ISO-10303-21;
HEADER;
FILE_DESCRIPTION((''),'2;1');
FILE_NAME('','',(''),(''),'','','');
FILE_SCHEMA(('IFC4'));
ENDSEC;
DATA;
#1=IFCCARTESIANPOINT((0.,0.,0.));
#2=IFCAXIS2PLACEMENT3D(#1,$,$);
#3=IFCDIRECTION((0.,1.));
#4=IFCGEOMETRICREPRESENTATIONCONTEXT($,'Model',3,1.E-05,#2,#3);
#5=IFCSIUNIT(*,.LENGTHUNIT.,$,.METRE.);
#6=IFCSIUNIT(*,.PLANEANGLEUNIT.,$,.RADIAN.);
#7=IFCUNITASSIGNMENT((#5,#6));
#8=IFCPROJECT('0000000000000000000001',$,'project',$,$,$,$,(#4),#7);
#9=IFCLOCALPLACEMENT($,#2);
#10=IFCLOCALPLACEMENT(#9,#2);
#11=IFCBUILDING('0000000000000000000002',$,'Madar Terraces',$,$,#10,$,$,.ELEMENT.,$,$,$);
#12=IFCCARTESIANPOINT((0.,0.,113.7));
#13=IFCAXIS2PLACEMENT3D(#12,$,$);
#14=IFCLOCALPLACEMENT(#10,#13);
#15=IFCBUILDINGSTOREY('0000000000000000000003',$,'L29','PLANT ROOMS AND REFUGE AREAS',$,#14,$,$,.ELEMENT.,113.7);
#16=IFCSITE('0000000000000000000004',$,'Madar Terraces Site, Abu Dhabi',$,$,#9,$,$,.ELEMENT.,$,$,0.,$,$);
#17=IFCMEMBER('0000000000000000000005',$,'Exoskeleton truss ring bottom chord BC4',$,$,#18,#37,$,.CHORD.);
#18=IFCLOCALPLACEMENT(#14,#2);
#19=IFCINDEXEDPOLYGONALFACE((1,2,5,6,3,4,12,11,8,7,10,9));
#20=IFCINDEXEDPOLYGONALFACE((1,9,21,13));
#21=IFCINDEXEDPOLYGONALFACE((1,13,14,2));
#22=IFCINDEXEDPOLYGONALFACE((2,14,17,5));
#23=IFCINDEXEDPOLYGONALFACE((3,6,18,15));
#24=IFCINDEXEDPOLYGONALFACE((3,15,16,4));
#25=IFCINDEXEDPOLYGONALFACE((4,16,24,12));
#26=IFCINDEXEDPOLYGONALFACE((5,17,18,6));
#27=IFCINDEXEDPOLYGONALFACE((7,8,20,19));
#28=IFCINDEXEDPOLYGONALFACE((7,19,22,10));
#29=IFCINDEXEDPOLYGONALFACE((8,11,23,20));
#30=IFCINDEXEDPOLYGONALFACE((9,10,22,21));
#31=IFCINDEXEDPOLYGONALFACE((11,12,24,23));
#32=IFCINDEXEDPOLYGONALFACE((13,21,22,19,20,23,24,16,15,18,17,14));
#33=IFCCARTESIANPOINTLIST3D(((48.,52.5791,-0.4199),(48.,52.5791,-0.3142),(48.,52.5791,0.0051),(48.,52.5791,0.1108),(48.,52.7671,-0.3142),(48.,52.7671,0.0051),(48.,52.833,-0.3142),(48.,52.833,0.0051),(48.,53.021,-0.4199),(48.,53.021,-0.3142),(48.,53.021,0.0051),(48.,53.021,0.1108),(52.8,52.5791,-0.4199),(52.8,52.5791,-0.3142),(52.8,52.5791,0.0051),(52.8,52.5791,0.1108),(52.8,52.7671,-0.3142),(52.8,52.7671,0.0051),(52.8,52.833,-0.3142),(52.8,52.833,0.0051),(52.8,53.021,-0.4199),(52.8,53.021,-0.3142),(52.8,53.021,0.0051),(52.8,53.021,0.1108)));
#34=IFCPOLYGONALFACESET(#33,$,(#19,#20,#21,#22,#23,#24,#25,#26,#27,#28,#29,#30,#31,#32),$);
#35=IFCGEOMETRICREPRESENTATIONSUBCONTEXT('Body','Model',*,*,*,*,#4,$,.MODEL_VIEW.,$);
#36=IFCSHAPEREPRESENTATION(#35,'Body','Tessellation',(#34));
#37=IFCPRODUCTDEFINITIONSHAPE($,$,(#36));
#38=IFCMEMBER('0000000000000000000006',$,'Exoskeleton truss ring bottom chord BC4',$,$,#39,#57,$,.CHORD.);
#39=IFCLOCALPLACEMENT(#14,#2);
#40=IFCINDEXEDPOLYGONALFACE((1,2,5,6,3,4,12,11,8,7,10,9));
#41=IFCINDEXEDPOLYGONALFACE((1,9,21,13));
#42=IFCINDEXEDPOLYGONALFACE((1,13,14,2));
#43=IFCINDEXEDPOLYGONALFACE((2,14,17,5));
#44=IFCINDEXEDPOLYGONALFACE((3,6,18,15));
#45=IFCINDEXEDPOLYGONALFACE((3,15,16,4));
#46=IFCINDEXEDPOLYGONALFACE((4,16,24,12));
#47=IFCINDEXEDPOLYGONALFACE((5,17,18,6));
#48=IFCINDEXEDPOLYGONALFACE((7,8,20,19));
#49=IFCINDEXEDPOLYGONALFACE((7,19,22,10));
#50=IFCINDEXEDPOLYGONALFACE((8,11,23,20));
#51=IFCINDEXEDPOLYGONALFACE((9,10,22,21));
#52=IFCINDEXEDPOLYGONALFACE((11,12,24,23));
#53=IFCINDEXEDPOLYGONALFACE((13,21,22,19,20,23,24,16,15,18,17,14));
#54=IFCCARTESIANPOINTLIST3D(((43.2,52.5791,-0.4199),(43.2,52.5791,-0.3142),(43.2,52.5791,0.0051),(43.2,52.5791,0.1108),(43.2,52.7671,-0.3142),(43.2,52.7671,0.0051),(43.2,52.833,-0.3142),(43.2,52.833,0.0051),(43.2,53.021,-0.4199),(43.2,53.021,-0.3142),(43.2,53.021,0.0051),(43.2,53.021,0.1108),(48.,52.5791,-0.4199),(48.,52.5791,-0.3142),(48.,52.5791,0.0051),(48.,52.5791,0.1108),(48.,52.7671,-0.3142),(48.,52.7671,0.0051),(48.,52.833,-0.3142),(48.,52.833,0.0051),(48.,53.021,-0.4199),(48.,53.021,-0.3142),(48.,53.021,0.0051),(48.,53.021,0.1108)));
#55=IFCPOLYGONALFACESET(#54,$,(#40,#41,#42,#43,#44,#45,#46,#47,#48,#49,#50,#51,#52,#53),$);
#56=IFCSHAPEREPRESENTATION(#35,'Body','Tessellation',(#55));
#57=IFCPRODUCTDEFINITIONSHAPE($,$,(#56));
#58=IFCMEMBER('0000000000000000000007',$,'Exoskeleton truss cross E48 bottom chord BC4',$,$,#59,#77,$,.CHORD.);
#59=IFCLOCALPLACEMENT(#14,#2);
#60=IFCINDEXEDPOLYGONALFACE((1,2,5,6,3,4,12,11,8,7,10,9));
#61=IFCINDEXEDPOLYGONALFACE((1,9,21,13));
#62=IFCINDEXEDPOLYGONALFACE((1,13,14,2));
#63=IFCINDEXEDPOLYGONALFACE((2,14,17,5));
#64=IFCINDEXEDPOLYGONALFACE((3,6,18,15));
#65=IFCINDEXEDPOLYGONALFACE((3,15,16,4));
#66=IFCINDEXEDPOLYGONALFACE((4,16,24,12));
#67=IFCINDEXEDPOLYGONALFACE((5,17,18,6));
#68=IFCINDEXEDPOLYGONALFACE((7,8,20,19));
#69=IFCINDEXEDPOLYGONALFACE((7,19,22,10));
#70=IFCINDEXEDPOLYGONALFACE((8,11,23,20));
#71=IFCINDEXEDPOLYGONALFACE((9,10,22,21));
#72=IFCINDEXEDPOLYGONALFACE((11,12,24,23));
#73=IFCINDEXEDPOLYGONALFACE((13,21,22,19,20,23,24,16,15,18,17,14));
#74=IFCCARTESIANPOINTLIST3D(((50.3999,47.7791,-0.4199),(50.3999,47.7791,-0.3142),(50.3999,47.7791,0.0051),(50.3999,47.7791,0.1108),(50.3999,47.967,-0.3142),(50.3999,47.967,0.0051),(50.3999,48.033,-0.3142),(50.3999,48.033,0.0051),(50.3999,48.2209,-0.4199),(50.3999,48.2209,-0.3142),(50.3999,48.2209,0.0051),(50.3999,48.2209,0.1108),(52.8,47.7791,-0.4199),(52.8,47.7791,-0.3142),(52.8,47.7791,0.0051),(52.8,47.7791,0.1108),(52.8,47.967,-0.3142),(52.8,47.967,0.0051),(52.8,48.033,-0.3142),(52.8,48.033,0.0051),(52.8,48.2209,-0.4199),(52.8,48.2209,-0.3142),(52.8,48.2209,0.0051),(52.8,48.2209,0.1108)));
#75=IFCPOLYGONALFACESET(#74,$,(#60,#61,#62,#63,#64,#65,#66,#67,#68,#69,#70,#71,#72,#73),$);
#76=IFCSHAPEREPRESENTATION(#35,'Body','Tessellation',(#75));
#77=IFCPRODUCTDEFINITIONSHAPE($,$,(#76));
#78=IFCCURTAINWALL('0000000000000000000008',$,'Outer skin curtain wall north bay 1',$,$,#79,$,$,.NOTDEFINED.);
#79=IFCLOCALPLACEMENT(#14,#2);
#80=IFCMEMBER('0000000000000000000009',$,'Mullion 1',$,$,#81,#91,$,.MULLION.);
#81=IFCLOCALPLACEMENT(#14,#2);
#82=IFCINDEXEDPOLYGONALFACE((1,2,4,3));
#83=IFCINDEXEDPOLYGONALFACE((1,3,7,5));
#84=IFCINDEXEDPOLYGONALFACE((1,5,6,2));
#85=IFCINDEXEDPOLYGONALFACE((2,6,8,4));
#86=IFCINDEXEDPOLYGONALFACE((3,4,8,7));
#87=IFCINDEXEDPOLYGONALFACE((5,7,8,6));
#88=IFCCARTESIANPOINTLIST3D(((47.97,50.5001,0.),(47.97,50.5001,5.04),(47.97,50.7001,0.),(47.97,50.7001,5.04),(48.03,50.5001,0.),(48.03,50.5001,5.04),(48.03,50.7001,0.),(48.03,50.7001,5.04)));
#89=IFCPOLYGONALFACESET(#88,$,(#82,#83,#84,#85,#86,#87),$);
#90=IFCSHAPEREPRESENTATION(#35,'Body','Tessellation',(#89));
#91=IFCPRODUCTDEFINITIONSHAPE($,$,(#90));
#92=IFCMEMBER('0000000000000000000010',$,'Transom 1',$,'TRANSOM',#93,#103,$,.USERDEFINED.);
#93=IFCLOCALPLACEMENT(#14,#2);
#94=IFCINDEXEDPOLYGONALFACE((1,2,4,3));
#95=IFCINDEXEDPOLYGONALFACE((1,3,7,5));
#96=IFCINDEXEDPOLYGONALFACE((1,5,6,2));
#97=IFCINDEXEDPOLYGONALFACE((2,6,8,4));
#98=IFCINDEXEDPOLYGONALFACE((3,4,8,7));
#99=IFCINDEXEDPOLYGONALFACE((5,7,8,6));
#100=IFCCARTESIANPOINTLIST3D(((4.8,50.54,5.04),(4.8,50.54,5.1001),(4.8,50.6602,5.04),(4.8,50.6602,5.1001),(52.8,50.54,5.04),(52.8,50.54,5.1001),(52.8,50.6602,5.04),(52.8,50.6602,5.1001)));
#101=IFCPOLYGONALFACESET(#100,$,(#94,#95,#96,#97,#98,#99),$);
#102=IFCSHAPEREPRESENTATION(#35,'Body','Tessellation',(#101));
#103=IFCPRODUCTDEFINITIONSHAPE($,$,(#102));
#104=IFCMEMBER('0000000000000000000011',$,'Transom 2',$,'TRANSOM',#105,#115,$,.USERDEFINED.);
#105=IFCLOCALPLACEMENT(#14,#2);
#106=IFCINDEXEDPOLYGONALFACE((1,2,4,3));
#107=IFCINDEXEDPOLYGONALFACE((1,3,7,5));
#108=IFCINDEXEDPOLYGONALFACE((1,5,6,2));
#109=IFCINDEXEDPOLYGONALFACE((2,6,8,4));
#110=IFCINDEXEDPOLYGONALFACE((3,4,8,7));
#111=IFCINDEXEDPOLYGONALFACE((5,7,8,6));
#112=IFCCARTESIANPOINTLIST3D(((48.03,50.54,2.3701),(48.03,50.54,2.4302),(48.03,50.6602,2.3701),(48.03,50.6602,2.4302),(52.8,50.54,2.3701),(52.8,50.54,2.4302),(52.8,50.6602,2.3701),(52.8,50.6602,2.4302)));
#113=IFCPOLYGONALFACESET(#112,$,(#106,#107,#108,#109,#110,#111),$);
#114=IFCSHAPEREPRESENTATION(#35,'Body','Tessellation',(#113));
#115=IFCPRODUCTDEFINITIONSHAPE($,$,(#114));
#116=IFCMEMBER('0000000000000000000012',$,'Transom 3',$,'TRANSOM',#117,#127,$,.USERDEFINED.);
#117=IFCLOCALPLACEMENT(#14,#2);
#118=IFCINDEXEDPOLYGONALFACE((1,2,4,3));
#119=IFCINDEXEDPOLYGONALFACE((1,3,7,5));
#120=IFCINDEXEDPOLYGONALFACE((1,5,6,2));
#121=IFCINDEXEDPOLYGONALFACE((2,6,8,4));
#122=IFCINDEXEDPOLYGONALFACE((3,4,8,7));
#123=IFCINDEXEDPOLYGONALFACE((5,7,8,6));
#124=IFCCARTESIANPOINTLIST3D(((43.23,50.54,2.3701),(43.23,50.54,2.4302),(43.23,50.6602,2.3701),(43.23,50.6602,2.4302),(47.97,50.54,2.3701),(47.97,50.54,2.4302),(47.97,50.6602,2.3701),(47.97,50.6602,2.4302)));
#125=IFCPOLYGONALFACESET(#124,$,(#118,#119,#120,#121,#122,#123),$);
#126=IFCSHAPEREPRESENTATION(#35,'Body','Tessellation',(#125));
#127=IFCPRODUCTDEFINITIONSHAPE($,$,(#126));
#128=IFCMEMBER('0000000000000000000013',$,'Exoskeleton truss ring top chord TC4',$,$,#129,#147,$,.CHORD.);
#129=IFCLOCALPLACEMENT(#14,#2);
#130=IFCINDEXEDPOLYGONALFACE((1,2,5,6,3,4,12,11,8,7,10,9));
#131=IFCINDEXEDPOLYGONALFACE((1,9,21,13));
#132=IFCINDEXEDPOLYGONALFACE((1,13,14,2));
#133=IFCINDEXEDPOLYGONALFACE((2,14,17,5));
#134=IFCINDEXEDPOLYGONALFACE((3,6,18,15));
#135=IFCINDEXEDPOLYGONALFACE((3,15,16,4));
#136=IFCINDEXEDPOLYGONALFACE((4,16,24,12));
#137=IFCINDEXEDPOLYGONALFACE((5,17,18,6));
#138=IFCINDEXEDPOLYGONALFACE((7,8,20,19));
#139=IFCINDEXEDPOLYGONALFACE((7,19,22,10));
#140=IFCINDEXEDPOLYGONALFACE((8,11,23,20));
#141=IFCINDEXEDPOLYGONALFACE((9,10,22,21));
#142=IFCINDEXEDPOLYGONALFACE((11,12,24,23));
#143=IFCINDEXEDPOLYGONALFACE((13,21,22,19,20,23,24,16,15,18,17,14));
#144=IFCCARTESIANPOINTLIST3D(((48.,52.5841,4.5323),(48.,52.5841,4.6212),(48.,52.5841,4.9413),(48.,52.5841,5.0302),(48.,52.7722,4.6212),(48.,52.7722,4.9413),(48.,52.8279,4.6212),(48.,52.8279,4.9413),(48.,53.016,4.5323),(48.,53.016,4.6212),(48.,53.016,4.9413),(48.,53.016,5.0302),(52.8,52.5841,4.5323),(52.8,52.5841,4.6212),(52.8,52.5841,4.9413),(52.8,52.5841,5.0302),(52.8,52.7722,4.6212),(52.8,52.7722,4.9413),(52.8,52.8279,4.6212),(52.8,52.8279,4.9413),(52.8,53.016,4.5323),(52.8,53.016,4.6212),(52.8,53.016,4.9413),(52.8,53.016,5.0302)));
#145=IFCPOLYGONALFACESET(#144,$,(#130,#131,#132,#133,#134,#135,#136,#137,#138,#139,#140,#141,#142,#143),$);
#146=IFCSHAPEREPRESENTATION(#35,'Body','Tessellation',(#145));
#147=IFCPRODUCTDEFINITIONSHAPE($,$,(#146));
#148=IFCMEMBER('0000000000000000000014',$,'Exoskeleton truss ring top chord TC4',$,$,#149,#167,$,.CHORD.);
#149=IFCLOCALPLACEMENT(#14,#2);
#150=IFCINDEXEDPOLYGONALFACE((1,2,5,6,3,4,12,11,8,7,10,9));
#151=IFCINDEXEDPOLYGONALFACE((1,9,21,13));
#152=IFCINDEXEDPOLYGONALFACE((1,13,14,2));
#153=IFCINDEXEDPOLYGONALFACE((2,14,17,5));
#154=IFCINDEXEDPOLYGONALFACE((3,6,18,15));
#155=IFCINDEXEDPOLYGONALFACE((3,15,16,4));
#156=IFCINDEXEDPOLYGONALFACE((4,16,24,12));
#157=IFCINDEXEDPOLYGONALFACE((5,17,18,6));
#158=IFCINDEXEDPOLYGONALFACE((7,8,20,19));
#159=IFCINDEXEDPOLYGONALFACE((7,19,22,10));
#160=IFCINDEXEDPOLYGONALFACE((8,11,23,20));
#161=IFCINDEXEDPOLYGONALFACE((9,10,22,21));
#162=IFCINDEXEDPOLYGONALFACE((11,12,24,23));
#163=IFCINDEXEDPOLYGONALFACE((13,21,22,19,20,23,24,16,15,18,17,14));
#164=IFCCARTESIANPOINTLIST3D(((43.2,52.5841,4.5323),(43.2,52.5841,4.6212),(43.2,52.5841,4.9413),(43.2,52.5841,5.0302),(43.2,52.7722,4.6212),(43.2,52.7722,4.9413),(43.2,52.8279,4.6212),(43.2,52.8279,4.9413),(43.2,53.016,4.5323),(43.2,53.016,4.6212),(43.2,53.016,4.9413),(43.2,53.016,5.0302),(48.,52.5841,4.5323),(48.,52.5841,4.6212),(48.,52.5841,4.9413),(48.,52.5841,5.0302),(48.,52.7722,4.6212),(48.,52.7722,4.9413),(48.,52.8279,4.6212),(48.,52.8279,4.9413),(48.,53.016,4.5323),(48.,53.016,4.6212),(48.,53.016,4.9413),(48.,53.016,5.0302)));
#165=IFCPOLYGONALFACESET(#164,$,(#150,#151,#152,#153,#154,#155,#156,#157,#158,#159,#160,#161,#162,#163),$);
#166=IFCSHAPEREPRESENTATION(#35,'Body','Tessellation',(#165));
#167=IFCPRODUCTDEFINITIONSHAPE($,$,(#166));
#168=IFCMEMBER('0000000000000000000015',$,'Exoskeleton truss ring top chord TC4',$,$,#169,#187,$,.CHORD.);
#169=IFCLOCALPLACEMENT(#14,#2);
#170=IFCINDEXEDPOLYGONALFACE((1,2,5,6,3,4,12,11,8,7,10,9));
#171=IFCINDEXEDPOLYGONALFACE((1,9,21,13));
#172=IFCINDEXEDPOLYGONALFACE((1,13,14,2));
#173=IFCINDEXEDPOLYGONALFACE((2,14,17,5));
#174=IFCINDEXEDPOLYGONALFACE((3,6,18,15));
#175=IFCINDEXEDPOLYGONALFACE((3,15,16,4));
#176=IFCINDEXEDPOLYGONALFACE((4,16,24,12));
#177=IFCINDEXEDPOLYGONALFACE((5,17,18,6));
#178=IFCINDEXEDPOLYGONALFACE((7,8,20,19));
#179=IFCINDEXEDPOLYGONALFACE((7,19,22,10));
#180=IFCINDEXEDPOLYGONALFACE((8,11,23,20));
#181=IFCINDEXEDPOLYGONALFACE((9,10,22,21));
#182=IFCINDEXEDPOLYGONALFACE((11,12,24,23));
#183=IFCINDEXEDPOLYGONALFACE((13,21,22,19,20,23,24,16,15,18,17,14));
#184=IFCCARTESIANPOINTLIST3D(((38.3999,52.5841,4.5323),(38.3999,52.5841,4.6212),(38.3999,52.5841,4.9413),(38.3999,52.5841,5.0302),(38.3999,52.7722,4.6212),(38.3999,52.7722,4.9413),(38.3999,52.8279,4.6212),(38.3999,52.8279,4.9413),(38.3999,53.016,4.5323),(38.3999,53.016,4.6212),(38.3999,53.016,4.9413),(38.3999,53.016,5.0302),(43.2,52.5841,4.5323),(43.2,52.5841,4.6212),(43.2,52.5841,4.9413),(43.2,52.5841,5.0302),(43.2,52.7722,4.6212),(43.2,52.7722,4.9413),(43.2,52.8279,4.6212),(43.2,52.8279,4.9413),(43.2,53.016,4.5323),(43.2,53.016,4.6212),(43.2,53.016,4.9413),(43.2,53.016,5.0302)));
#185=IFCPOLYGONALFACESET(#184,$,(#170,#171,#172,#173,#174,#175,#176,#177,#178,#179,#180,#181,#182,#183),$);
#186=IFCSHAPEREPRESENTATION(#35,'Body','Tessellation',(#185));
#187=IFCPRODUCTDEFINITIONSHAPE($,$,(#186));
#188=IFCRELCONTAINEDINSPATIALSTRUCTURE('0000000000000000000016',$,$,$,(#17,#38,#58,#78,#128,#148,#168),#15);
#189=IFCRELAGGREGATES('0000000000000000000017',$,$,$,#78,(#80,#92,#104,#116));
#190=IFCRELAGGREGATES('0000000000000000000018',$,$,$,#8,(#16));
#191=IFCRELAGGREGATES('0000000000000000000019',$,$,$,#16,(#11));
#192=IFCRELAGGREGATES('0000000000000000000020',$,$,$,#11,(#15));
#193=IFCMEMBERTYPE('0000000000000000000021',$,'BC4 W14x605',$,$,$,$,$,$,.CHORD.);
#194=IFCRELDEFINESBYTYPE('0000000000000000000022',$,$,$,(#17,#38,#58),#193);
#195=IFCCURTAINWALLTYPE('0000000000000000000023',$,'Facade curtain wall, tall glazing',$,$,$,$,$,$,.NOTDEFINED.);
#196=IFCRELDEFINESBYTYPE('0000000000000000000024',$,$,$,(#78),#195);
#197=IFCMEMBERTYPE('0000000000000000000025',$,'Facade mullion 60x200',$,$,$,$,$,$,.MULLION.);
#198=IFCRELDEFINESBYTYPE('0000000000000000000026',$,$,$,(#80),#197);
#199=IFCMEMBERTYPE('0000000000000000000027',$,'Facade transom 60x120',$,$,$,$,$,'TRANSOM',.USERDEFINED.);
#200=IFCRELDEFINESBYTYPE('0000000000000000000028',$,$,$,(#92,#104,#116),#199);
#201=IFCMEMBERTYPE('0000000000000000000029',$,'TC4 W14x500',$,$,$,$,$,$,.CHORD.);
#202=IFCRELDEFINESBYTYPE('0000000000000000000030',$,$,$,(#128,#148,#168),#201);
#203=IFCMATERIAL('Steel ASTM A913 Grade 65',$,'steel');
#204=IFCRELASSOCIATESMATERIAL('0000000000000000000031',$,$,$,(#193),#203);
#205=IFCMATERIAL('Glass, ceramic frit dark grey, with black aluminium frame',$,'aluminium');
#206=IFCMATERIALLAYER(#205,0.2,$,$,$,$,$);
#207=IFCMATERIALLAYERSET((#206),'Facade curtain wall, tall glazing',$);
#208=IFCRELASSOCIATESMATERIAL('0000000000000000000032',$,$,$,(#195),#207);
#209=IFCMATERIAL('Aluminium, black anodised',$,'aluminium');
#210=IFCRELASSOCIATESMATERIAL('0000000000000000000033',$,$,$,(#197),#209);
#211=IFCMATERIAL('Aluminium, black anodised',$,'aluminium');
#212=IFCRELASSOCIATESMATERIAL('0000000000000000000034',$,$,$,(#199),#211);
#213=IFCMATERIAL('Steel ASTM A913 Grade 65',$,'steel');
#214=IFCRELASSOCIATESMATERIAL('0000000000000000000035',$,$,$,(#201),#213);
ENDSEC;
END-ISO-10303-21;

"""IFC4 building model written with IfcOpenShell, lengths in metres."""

from ifc_helpers import new_model, si_unit, direction, frame, origin, origin_2d, place, context, subcontext, project, spatial, rectangle, i_section, extrude, material, layer, layer_set, material_profile, profile_set, type_object, element, aggregate, save


model = new_model("IFC4")

# Units and contexts
model_context = context("Model", 3, precision=1e-05, world=origin(), true_north=direction((0.0, 1.0)))
body_context = subcontext(model_context, "Body", "Model", "MODEL_VIEW")
ifc_project = project(units=[si_unit("LENGTHUNIT", "METRE"), si_unit("PLANEANGLEUNIT", "RADIAN")], contexts=[model_context])

# Site, building, storey
site_placement = place(None, origin())
site = spatial("IfcSite", under=ifc_project, at=site_placement, Name="Madar Terraces Site, Abu Dhabi", CompositionType="ELEMENT", RefElevation=0.0)
building_placement = place(site_placement, origin())
building = spatial("IfcBuilding", under=site, at=building_placement, Name="Madar Terraces", CompositionType="ELEMENT")
storey_placement = place(building_placement, frame((0.0, 0.0, 113.7)))
storey = spatial("IfcBuildingStorey", under=building, at=storey_placement, Name="L29", Description="PLANT ROOMS AND REFUGE AREAS", CompositionType="ELEMENT", Elevation=113.7)

# Members
ifc_material_1 = material(Name="Steel ASTM A913 Grade 65", Category="steel")
ifc_material_profile_1 = material_profile(ifc_material_1, i_section(OverallWidth=0.4419, OverallDepth=0.5308, WebThickness=0.0659, FlangeThickness=0.1057, at=origin_2d()), Name="W14x605")
ifc_profile_set_1 = profile_set([ifc_material_profile_1], Name="Steel ASTM A913 Grade 65")
member_type_1 = type_object("IfcMemberType", Name="BC4 W14x605", PredefinedType="CHORD", material=ifc_profile_set_1)
for number, where, z_axis, x_axis, name in (
    (1, (52.8, 52.8, -0.1545), (-1.0, 0.0, 0.0), (0.0, -1.0, 0.0), "Exoskeleton truss ring bottom chord BC4"),
    (2, (48.0, 52.8, -0.1545), (-1.0, 0.0, 0.0), (0.0, -1.0, 0.0), "Exoskeleton truss ring bottom chord BC4"),
):
    element("IfcMember", number, at=place(storey_placement, frame(where, z_axis=z_axis, x_axis=x_axis)), inside=storey, type_object=member_type_1, Name=name, PredefinedType="CHORD", context=body_context, shape_type="SweptSolid", body=[
        extrude(i_section(OverallWidth=0.4419, OverallDepth=0.5308, WebThickness=0.0659, FlangeThickness=0.1057, at=origin_2d()), origin(), (0.0, 0.0, 1.0), 4.8),
    ])
member_1_placement = place(storey_placement, frame((52.8, 48.0, -0.1545), z_axis=(-1.0, 0.0, 0.0), x_axis=(0.0, -1.0, 0.0)))
element("IfcMember", 3, at=member_1_placement, inside=storey, type_object=member_type_1, Name="Exoskeleton truss cross E48 bottom chord BC4", PredefinedType="CHORD", context=body_context, shape_type="SweptSolid", body=[
    extrude(i_section(OverallWidth=0.4419, OverallDepth=0.5308, WebThickness=0.0659, FlangeThickness=0.1057, at=origin_2d()), origin(), (0.0, 0.0, 1.0), 2.4001),
])

# Curtain wall, members
ifc_material_2 = material(Name="Glass, ceramic frit dark grey, with black aluminium frame", Category="aluminium")
ifc_layer_1 = layer(ifc_material_2, 0.2)
ifc_layer_set_1 = layer_set([ifc_layer_1], Name="Facade curtain wall, tall glazing")
curtain_wall_type = type_object("IfcCurtainWallType", Name="Facade curtain wall, tall glazing", PredefinedType="NOTDEFINED", material=ifc_layer_set_1)
curtain_wall_placement = place(storey_placement, origin())
curtain_wall = element("IfcCurtainWall", 4, at=curtain_wall_placement, inside=storey, type_object=curtain_wall_type, Name="Outer skin curtain wall north bay 1", PredefinedType="NOTDEFINED")
ifc_material_3 = material(Name="Aluminium, black anodised", Category="aluminium")
ifc_material_profile_2 = material_profile(ifc_material_3, rectangle(XDim=0.2, YDim=0.0601, at=origin_2d()), Name="Facade mullion 60x200")
ifc_profile_set_2 = profile_set([ifc_material_profile_2], Name="Aluminium, black anodised")
member_type_2 = type_object("IfcMemberType", Name="Facade mullion 60x200", PredefinedType="MULLION", material=ifc_profile_set_2)
member_2_placement = place(storey_placement, frame((48.0, 50.6001, 0.0), z_axis=(0.0, 0.0, 1.0), x_axis=(0.0, -1.0, 0.0)))
member_2 = element("IfcMember", 5, at=member_2_placement, type_object=member_type_2, Name="Mullion 1", PredefinedType="MULLION", context=body_context, shape_type="SweptSolid", body=[
    extrude(rectangle(XDim=0.2, YDim=0.0601, at=origin_2d()), origin(), (0.0, 0.0, 1.0), 5.04),
])
ifc_material_4 = material(Name="Aluminium, black anodised", Category="aluminium")
ifc_material_profile_3 = material_profile(ifc_material_4, rectangle(XDim=0.1201, YDim=0.0601, at=origin_2d()), Name="Facade transom 60x120")
ifc_profile_set_3 = profile_set([ifc_material_profile_3], Name="Aluminium, black anodised")
member_type_3 = type_object("IfcMemberType", Name="Facade transom 60x120", ElementType="TRANSOM", PredefinedType="USERDEFINED", material=ifc_profile_set_3)
member_3_placement = place(storey_placement, frame((52.8, 50.6001, 5.0701), z_axis=(-1.0, 0.0, 0.0), x_axis=(0.0, -1.0, 0.0)))
member_3 = element("IfcMember", 6, at=member_3_placement, type_object=member_type_3, Name="Transom 1", ObjectType="TRANSOM", PredefinedType="USERDEFINED", context=body_context, shape_type="SweptSolid", body=[
    extrude(rectangle(XDim=0.1201, YDim=0.0601, at=origin_2d()), origin(), (0.0, 0.0, 1.0), 48.0),
])
member_4_placement = place(storey_placement, frame((52.8, 50.6001, 2.4001), z_axis=(-1.0, 0.0, 0.0), x_axis=(0.0, -1.0, 0.0)))
member_4 = element("IfcMember", 7, at=member_4_placement, type_object=member_type_3, Name="Transom 2", ObjectType="TRANSOM", PredefinedType="USERDEFINED", context=body_context, shape_type="SweptSolid", body=[
    extrude(rectangle(XDim=0.1201, YDim=0.0601, at=origin_2d()), origin(), (0.0, 0.0, 1.0), 4.77),
])
member_5_placement = place(storey_placement, frame((47.97, 50.6001, 2.4001), z_axis=(-1.0, 0.0, 0.0), x_axis=(0.0, -1.0, 0.0)))
member_5 = element("IfcMember", 8, at=member_5_placement, type_object=member_type_3, Name="Transom 3", ObjectType="TRANSOM", PredefinedType="USERDEFINED", context=body_context, shape_type="SweptSolid", body=[
    extrude(rectangle(XDim=0.1201, YDim=0.0601, at=origin_2d()), origin(), (0.0, 0.0, 1.0), 4.74),
])

# Members
ifc_material_5 = material(Name="Steel ASTM A913 Grade 65", Category="steel")
ifc_material_profile_4 = material_profile(ifc_material_5, i_section(OverallWidth=0.4319, OverallDepth=0.4978, WebThickness=0.0557, FlangeThickness=0.0889, at=origin_2d()), Name="W14x500")
ifc_profile_set_4 = profile_set([ifc_material_profile_4], Name="Steel ASTM A913 Grade 65")
member_type_4 = type_object("IfcMemberType", Name="TC4 W14x500", PredefinedType="CHORD", material=ifc_profile_set_4)
for number, where, z_axis, x_axis, name in (
    (9, (52.8, 52.8, 4.7812), (-1.0, 0.0, 0.0), (0.0, -1.0, 0.0), "Exoskeleton truss ring top chord TC4"),
    (10, (48.0, 52.8, 4.7812), (-1.0, 0.0, 0.0), (0.0, -1.0, 0.0), "Exoskeleton truss ring top chord TC4"),
    (11, (43.2, 52.8, 4.7812), (-1.0, 0.0, 0.0), (0.0, -1.0, 0.0), "Exoskeleton truss ring top chord TC4"),
):
    element("IfcMember", number, at=place(storey_placement, frame(where, z_axis=z_axis, x_axis=x_axis)), inside=storey, type_object=member_type_4, Name=name, PredefinedType="CHORD", context=body_context, shape_type="SweptSolid", body=[
        extrude(i_section(OverallWidth=0.4319, OverallDepth=0.4978, WebThickness=0.0557, FlangeThickness=0.0889, at=origin_2d()), origin(), (0.0, 0.0, 1.0), 4.8),
    ])

aggregate(curtain_wall, [member_2, member_3, member_4, member_5])

save(model, "model.ifc")
